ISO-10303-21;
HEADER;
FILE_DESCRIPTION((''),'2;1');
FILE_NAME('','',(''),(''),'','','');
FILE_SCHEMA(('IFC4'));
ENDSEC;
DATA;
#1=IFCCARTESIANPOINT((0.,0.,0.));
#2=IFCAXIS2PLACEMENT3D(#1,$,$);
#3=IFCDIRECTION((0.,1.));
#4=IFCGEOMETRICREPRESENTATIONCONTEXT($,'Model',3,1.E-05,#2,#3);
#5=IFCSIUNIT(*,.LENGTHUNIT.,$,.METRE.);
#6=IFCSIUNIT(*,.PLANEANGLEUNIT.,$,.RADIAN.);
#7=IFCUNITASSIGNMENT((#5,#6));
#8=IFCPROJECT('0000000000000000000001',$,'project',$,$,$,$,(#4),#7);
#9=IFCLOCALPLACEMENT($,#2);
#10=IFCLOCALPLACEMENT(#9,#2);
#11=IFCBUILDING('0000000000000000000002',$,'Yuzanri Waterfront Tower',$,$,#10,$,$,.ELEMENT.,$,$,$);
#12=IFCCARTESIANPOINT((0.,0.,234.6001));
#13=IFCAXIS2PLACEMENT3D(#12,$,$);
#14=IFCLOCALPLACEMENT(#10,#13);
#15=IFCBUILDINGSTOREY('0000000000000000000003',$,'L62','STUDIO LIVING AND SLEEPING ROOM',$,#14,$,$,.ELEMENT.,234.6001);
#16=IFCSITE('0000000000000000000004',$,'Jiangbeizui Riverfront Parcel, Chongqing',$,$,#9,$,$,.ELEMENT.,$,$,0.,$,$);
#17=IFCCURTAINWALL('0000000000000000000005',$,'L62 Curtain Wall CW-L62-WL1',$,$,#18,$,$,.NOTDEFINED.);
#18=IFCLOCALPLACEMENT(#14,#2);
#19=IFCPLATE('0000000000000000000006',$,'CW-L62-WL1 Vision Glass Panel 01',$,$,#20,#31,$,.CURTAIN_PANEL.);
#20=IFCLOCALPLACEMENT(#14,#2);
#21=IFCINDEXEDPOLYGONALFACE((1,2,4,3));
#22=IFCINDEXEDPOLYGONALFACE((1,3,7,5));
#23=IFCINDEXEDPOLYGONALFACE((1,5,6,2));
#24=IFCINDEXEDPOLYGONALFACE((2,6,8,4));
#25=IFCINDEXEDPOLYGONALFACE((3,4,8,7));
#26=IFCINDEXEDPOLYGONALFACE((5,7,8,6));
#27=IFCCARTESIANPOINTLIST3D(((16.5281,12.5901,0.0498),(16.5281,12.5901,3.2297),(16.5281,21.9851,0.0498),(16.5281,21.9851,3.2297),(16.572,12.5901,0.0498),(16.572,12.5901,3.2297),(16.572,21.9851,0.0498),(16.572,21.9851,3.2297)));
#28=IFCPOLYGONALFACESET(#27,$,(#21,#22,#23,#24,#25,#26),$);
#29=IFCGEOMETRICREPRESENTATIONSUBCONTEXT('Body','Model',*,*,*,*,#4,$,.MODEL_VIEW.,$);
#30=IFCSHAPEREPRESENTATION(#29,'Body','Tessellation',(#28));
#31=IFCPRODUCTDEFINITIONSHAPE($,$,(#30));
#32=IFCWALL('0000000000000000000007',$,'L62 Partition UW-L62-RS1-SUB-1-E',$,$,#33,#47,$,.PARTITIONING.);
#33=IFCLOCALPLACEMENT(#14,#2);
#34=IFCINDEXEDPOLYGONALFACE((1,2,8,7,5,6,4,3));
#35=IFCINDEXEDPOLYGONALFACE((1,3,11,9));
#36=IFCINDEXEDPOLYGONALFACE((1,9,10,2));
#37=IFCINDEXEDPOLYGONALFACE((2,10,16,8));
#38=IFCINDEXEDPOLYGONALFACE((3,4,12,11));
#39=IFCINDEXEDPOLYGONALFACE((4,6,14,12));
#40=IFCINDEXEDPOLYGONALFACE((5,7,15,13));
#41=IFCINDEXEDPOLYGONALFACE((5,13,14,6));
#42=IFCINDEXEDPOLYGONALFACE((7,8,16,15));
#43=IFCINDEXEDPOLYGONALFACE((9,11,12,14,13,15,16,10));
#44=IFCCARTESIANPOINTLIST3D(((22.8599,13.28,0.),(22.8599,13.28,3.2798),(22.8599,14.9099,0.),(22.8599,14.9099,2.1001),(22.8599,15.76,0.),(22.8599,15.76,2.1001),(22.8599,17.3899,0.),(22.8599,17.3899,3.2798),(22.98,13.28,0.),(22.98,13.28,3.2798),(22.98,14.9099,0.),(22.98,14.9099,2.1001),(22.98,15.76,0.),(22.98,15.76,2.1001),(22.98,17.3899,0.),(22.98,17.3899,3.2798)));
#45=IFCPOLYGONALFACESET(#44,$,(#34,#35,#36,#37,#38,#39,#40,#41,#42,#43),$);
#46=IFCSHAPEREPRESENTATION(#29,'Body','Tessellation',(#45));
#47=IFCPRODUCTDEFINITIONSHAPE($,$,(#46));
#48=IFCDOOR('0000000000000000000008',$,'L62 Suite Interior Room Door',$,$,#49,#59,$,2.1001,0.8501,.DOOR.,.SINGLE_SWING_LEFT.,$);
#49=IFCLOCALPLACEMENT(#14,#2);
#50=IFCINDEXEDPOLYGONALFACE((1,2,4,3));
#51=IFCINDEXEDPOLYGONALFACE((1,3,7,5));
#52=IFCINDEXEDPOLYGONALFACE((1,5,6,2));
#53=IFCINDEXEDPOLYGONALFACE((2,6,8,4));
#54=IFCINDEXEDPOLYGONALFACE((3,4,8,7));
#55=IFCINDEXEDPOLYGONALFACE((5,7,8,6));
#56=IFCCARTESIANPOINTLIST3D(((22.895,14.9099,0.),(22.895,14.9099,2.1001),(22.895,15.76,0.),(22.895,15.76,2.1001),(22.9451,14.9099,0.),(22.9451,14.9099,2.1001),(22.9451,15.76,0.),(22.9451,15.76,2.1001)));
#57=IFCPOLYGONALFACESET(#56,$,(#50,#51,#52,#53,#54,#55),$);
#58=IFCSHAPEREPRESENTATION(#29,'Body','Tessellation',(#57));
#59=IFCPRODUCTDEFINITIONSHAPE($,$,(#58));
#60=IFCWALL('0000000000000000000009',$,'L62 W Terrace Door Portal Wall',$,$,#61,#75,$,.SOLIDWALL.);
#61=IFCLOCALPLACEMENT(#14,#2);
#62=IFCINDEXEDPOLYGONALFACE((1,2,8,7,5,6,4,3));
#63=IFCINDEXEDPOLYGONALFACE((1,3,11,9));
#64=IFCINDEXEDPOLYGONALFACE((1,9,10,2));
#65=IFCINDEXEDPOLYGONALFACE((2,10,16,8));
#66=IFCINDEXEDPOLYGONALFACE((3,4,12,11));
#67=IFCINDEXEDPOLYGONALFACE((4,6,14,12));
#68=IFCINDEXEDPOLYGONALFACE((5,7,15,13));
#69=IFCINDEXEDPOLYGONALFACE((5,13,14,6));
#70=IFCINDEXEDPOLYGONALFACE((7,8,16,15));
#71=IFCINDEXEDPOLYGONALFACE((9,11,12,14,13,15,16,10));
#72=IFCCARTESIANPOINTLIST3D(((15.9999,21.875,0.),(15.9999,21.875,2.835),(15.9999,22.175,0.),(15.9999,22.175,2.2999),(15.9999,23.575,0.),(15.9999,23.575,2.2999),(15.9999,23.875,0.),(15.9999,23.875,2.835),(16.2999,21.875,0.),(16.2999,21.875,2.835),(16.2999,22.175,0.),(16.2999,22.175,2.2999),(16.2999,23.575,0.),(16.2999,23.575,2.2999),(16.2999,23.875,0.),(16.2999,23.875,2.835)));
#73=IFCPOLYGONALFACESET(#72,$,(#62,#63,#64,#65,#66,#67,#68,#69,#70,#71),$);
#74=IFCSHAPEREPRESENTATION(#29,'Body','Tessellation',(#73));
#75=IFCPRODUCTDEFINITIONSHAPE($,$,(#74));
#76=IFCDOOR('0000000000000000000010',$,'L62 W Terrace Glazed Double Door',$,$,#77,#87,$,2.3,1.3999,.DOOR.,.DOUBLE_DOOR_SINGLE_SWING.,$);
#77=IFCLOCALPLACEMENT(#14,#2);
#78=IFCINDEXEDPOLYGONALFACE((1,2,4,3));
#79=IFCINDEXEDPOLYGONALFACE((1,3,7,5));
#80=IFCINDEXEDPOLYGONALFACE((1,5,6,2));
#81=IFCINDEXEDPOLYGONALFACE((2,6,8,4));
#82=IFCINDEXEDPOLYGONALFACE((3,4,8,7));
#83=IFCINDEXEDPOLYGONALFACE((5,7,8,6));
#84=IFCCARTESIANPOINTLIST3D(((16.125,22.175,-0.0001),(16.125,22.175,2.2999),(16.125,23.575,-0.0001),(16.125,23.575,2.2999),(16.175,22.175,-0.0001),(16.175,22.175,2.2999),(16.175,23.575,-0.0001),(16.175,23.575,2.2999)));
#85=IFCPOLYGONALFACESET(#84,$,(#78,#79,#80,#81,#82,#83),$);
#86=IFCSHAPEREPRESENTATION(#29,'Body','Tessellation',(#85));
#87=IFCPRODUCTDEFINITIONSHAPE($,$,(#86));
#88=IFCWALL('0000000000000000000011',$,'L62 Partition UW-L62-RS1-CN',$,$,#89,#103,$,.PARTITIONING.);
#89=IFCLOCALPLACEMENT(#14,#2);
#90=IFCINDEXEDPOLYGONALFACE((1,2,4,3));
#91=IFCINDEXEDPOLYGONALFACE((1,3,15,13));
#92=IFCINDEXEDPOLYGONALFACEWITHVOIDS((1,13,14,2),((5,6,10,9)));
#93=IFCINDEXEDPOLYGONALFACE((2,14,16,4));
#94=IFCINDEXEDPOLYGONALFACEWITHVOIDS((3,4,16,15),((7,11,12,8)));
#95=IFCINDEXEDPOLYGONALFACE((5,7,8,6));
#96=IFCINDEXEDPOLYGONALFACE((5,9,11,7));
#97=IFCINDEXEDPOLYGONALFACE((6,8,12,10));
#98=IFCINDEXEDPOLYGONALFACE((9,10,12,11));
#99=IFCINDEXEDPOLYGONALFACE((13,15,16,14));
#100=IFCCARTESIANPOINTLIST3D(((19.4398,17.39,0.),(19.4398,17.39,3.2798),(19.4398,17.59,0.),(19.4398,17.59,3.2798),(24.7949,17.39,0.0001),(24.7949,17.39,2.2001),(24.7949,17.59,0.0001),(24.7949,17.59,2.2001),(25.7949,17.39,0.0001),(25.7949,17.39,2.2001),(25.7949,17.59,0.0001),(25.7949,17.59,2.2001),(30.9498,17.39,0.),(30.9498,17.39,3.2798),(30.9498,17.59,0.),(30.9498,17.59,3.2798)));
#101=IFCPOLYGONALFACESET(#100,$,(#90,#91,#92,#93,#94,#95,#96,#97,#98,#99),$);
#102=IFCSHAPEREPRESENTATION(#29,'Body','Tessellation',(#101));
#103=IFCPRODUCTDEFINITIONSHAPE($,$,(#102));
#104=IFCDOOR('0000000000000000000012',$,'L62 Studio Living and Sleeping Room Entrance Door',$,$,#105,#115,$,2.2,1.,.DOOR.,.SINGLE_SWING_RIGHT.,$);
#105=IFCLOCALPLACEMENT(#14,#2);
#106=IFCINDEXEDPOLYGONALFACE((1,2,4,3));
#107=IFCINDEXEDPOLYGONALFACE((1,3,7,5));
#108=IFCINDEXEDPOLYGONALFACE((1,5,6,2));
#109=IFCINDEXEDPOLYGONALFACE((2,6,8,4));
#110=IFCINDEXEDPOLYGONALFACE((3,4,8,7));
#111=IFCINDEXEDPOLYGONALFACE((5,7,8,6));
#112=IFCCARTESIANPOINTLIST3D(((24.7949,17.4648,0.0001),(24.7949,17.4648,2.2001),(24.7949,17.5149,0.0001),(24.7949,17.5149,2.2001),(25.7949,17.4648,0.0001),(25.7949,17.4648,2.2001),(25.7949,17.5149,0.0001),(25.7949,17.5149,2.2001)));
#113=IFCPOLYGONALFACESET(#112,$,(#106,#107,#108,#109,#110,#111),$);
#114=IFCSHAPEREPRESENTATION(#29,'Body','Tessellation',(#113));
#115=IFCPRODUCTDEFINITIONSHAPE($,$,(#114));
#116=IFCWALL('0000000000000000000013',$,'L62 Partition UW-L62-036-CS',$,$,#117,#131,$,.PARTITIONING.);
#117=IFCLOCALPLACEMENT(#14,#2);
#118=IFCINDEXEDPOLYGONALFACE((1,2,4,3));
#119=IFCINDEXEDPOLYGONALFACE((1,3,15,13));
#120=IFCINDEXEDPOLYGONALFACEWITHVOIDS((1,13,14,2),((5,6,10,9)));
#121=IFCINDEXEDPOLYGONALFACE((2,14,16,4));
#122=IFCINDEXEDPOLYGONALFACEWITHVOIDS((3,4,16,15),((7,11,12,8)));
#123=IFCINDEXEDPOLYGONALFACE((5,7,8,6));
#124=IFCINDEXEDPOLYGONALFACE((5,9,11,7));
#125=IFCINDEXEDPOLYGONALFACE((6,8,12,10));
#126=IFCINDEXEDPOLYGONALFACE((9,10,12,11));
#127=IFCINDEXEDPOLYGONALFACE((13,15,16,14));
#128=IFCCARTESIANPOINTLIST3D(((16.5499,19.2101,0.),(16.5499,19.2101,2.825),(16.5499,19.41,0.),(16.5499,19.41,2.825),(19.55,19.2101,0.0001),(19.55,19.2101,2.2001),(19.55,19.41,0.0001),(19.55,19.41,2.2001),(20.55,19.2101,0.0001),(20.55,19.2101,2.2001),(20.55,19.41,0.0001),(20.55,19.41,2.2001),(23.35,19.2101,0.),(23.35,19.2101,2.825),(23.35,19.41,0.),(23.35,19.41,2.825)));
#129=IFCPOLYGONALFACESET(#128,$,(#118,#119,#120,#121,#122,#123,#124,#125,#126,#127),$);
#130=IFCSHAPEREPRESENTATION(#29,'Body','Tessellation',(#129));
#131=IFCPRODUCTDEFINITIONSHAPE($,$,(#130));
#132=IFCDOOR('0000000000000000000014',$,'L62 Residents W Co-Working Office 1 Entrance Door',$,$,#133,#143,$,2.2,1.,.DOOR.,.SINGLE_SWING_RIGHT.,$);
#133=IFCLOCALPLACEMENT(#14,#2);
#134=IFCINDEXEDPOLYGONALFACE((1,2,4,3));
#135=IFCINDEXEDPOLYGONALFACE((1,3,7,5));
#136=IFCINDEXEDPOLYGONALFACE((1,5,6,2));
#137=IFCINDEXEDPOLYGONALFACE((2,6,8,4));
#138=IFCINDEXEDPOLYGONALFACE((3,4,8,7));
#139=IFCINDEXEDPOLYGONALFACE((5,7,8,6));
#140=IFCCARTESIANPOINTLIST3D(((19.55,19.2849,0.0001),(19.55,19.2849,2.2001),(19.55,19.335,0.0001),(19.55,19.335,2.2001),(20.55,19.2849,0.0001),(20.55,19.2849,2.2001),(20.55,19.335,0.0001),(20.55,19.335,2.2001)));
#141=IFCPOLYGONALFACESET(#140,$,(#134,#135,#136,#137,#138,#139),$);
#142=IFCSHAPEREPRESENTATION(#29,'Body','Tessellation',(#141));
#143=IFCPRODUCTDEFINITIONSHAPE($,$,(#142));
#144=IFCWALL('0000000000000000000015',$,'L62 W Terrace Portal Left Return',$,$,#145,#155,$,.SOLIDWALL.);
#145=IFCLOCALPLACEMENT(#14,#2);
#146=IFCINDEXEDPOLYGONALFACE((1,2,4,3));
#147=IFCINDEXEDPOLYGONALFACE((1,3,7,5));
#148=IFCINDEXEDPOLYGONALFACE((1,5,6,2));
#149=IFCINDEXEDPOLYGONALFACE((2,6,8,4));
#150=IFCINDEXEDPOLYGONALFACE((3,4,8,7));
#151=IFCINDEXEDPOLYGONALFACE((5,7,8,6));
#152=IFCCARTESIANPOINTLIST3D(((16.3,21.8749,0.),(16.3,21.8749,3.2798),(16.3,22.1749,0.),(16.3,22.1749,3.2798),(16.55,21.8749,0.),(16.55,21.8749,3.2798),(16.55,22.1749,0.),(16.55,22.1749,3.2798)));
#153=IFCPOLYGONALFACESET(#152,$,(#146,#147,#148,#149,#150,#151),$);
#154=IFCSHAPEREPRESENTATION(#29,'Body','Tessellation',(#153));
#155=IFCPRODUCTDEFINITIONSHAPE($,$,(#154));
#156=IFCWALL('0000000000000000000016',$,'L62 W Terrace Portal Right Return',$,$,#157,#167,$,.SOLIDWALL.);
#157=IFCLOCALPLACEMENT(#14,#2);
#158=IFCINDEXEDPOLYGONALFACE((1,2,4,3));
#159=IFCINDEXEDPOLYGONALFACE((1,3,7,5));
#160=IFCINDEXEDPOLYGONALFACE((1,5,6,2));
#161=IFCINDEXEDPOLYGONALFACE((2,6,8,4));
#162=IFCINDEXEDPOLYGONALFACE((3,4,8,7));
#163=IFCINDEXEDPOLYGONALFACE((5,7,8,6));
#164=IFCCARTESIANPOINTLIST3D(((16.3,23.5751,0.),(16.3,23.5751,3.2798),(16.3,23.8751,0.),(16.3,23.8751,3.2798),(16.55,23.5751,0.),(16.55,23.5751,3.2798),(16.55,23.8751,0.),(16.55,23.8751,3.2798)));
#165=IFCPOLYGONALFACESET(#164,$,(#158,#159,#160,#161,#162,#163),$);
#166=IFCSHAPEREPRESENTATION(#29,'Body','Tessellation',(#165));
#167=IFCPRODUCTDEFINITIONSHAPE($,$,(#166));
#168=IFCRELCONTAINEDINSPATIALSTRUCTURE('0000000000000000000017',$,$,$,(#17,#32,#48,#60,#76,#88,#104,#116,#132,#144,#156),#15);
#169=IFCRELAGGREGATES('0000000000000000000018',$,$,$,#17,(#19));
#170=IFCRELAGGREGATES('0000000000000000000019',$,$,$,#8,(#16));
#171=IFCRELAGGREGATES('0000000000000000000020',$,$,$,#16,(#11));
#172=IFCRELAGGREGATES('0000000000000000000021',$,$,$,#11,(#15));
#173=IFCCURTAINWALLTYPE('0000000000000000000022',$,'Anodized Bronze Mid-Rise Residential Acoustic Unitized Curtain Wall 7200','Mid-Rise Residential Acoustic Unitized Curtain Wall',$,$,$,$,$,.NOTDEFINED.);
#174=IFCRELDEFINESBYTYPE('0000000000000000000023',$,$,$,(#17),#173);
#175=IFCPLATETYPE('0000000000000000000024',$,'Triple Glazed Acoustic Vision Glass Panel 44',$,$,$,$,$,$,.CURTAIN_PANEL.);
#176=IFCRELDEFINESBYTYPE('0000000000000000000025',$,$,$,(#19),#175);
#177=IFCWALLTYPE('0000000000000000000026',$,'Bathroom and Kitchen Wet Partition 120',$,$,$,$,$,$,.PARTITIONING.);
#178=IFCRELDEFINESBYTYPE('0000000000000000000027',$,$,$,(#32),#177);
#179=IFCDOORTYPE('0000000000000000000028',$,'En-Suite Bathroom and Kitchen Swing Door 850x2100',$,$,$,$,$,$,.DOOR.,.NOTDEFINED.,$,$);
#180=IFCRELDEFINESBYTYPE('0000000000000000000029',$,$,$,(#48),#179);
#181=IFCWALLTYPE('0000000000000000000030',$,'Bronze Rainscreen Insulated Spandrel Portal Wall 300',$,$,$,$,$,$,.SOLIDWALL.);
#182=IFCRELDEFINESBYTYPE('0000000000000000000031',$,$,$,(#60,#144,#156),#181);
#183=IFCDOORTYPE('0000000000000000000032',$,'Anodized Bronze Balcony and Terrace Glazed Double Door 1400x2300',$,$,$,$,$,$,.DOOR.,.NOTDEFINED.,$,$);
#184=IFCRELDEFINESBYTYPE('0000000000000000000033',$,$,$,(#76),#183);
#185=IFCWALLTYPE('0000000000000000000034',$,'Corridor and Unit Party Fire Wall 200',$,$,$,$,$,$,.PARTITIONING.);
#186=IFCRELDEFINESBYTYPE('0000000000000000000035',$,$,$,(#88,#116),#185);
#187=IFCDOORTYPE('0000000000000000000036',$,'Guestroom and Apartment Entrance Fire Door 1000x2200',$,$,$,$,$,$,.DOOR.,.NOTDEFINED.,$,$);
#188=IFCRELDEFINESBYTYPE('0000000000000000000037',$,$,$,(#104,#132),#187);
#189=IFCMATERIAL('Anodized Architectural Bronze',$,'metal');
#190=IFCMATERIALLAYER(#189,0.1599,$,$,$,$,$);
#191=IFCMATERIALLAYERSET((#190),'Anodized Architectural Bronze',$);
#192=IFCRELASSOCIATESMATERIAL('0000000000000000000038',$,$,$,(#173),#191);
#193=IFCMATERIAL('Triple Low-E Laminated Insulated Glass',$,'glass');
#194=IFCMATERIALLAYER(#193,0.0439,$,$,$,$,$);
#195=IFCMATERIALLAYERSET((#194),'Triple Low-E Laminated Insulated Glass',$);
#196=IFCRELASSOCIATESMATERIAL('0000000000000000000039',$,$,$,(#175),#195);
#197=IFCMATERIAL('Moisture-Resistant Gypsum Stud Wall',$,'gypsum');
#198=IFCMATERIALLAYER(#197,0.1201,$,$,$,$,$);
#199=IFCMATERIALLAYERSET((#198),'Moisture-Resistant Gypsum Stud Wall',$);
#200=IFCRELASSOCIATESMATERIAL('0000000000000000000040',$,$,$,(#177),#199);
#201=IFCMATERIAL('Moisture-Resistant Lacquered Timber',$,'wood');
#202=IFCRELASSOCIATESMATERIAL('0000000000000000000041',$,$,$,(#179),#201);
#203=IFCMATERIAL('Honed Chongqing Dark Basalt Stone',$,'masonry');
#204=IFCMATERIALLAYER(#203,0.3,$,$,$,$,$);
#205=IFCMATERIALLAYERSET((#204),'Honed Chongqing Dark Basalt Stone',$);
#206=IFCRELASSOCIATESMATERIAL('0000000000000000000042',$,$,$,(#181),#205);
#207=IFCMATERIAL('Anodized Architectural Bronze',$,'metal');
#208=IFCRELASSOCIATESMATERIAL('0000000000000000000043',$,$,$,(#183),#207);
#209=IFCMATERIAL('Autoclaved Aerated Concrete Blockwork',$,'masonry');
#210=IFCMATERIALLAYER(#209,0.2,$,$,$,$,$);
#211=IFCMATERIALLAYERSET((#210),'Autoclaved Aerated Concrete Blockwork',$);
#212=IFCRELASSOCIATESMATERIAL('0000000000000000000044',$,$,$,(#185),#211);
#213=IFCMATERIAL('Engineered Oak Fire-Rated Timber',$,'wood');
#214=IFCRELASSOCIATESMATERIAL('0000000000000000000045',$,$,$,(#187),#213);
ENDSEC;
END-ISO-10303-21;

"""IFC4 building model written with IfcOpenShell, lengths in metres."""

from ifc_helpers import new_model, si_unit, direction, frame, frame_2d, origin, origin_2d, place, context, subcontext, project, spatial, rectangle, extrude, source, transform, mapped, material, layer, layer_set, type_object, element, fill, aggregate, save


model = new_model("IFC4")

# Units and contexts
model_context = context("Model", 3, precision=1e-05, world=origin(), true_north=direction((0.0, 1.0)))
body_context = subcontext(model_context, "Body", "Model", "MODEL_VIEW")
ifc_project = project(units=[si_unit("LENGTHUNIT", "METRE"), si_unit("PLANEANGLEUNIT", "RADIAN")], contexts=[model_context])

# Site, building, storey
site_placement = place(None, origin())
site = spatial("IfcSite", under=ifc_project, at=site_placement, Name="Jiangbeizui Riverfront Parcel, Chongqing", CompositionType="ELEMENT", RefElevation=0.0)
building_placement = place(site_placement, origin())
building = spatial("IfcBuilding", under=site, at=building_placement, Name="Yuzanri Waterfront Tower", CompositionType="ELEMENT")
storey_placement = place(building_placement, frame((0.0, 0.0, 234.6001)))
storey = spatial("IfcBuildingStorey", under=building, at=storey_placement, Name="L62", Description="STUDIO LIVING AND SLEEPING ROOM", CompositionType="ELEMENT", Elevation=234.6001)

# Curtain wall
ifc_material_1 = material(Name="Anodized Architectural Bronze", Category="metal")
ifc_layer_1 = layer(ifc_material_1, 0.1599)
ifc_layer_set_1 = layer_set([ifc_layer_1], Name="Anodized Architectural Bronze")
curtain_wall_type = type_object("IfcCurtainWallType", Name="Anodized Bronze Mid-Rise Residential Acoustic Unitized Curtain Wall 7200", Description="Mid-Rise Residential Acoustic Unitized Curtain Wall", PredefinedType="NOTDEFINED", material=ifc_layer_set_1)
curtain_wall_1_placement = place(storey_placement, origin())
curtain_wall_1 = element("IfcCurtainWall", 1, at=curtain_wall_1_placement, inside=storey, type_object=curtain_wall_type, Name="L62 Curtain Wall CW-L62-WL1", PredefinedType="NOTDEFINED")

# Plate
ifc_material_2 = material(Name="Triple Low-E Laminated Insulated Glass", Category="glass")
ifc_layer_2 = layer(ifc_material_2, 0.0439)
ifc_layer_set_2 = layer_set([ifc_layer_2], Name="Triple Low-E Laminated Insulated Glass")
plate_type = type_object("IfcPlateType", Name="Triple Glazed Acoustic Vision Glass Panel 44", PredefinedType="CURTAIN_PANEL", material=ifc_layer_set_2)
shared_shape_1 = source(origin(), body_context, "Body", "SweptSolid", [
    extrude(rectangle(XDim=9.395, YDim=0.0439, at=origin_2d()), origin(), (0.0, 0.0, 1.0), 3.1799),
])
plate_placement = place(storey_placement, frame((16.55, 17.2876, 0.0498), z_axis=(0.0, 0.0, 1.0), x_axis=(0.0, 1.0, 0.0)))
plate = element("IfcPlate", 2, at=plate_placement, type_object=plate_type, Name="CW-L62-WL1 Vision Glass Panel 01", PredefinedType="CURTAIN_PANEL", context=body_context, shape_type="MappedRepresentation", body=[
    mapped(shared_shape_1, transform((0.0, 0.0, 0.0), scale=1.0)),
])
aggregate(curtain_wall_1, [plate])

# Walls, openings, doors
ifc_material_3 = material(Name="Moisture-Resistant Gypsum Stud Wall", Category="gypsum")
ifc_layer_3 = layer(ifc_material_3, 0.1201)
ifc_layer_set_3 = layer_set([ifc_layer_3], Name="Moisture-Resistant Gypsum Stud Wall")
wall_type_1 = type_object("IfcWallType", Name="Bathroom and Kitchen Wet Partition 120", PredefinedType="PARTITIONING", material=ifc_layer_set_3)
wall_1_placement = place(storey_placement, frame((22.9199, 13.28, 0.0), z_axis=(0.0, 0.0, 1.0), x_axis=(0.0, 1.0, 0.0)))
wall_1 = element("IfcWall", 3, at=wall_1_placement, inside=storey, type_object=wall_type_1, Name="L62 Partition UW-L62-RS1-SUB-1-E", PredefinedType="PARTITIONING", context=body_context, shape_type="SweptSolid", body=[
    extrude(rectangle(XDim=4.1099, YDim=0.1201, at=frame_2d((2.0549, 0.0))), origin(), (0.0, 0.0, 1.0), 3.2798),
])
opening_1_placement = place(wall_1_placement, frame((1.6299, 0.0, 0.0)))
opening_1 = element("IfcOpeningElement", 4, at=opening_1_placement, cuts=wall_1, PredefinedType="OPENING", context=body_context, shape_type="SweptSolid", body=[
    extrude(rectangle(XDim=0.8501, YDim=2.1001, at=frame_2d((0.425, 1.05))), frame((0.0, 0.075, 0.0), z_axis=(0.0, -1.0, 0.0), x_axis=(1.0, 0.0, 0.0)), (0.0, 0.0, 1.0), 0.1499),
])
ifc_material_4 = material(Name="Moisture-Resistant Lacquered Timber", Category="wood")
door_type_1 = type_object("IfcDoorType", Name="En-Suite Bathroom and Kitchen Swing Door 850x2100", OperationType="NOTDEFINED", PredefinedType="DOOR", material=ifc_material_4)
shared_shape_2 = source(origin(), body_context, "Body", "SweptSolid", [
    extrude(rectangle(XDim=0.8501, YDim=2.1001, at=frame_2d((0.425, 1.05))), frame((0.0, 0.0249, 0.0), z_axis=(0.0, -1.0, 0.0), x_axis=(1.0, 0.0, 0.0)), (0.0, 0.0, 1.0), 0.05),
])
door_1_placement = place(opening_1_placement, origin())
door_1 = element("IfcDoor", 5, at=door_1_placement, inside=storey, type_object=door_type_1, Name="L62 Suite Interior Room Door", OperationType="SINGLE_SWING_LEFT", OverallHeight=2.1001, OverallWidth=0.8501, PredefinedType="DOOR", context=body_context, shape_type="MappedRepresentation", body=[
    mapped(shared_shape_2, transform((0.0, 0.0, 0.0), scale=1.0)),
])
fill(opening_1, door_1)
ifc_material_5 = material(Name="Honed Chongqing Dark Basalt Stone", Category="masonry")
ifc_layer_4 = layer(ifc_material_5, 0.3)
ifc_layer_set_4 = layer_set([ifc_layer_4], Name="Honed Chongqing Dark Basalt Stone")
wall_type_2 = type_object("IfcWallType", Name="Bronze Rainscreen Insulated Spandrel Portal Wall 300", PredefinedType="SOLIDWALL", material=ifc_layer_set_4)
wall_2_placement = place(storey_placement, frame((16.1499, 21.875, 0.0), z_axis=(0.0, 0.0, 1.0), x_axis=(0.0, 1.0, 0.0)))
wall_2 = element("IfcWall", 6, at=wall_2_placement, inside=storey, type_object=wall_type_2, Name="L62 W Terrace Door Portal Wall", PredefinedType="SOLIDWALL", context=body_context, shape_type="SweptSolid", body=[
    extrude(rectangle(XDim=2.0, YDim=0.3, at=frame_2d((1.0, 0.0))), origin(), (0.0, 0.0, 1.0), 2.835),
])
opening_2_placement = place(wall_2_placement, frame((0.3, 0.0, 0.0)))
opening_2 = element("IfcOpeningElement", 7, at=opening_2_placement, cuts=wall_2, PredefinedType="OPENING", context=body_context, shape_type="SweptSolid", body=[
    extrude(rectangle(XDim=1.3999, YDim=2.3, at=frame_2d((0.7, 1.1499))), frame((0.0, 0.165, 0.0), z_axis=(0.0, -1.0, 0.0), x_axis=(1.0, 0.0, 0.0)), (0.0, 0.0, 1.0), 0.3298),
])
ifc_material_6 = material(Name="Anodized Architectural Bronze", Category="metal")
door_type_2 = type_object("IfcDoorType", Name="Anodized Bronze Balcony and Terrace Glazed Double Door 1400x2300", OperationType="NOTDEFINED", PredefinedType="DOOR", material=ifc_material_6)
shared_shape_3 = source(origin(), body_context, "Body", "SweptSolid", [
    extrude(rectangle(XDim=1.3999, YDim=2.3, at=frame_2d((0.7, 1.1499))), frame((0.0, 0.0249, 0.0), z_axis=(0.0, -1.0, 0.0), x_axis=(1.0, 0.0, 0.0)), (0.0, 0.0, 1.0), 0.05),
])
door_2_placement = place(opening_2_placement, origin())
door_2 = element("IfcDoor", 8, at=door_2_placement, inside=storey, type_object=door_type_2, Name="L62 W Terrace Glazed Double Door", OperationType="DOUBLE_DOOR_SINGLE_SWING", OverallHeight=2.3, OverallWidth=1.3999, PredefinedType="DOOR", context=body_context, shape_type="MappedRepresentation", body=[
    mapped(shared_shape_3, transform((0.0, 0.0, 0.0), scale=1.0)),
])
fill(opening_2, door_2)
ifc_material_7 = material(Name="Autoclaved Aerated Concrete Blockwork", Category="masonry")
ifc_layer_5 = layer(ifc_material_7, 0.2)
ifc_layer_set_5 = layer_set([ifc_layer_5], Name="Autoclaved Aerated Concrete Blockwork")
wall_type_3 = type_object("IfcWallType", Name="Corridor and Unit Party Fire Wall 200", PredefinedType="PARTITIONING", material=ifc_layer_set_5)
wall_3_placement = place(storey_placement, frame((19.4399, 17.49, 0.0), z_axis=(0.0, 0.0, 1.0), x_axis=(1.0, 0.0, 0.0)))
wall_3 = element("IfcWall", 9, at=wall_3_placement, inside=storey, type_object=wall_type_3, Name="L62 Partition UW-L62-RS1-CN", PredefinedType="PARTITIONING", context=body_context, shape_type="SweptSolid", body=[
    extrude(rectangle(XDim=11.51, YDim=0.2, at=frame_2d((5.7549, 0.0))), origin(), (0.0, 0.0, 1.0), 3.2798),
])
opening_3_placement = place(wall_3_placement, frame((5.355, 0.0, 0.0)))
opening_3 = element("IfcOpeningElement", 10, at=opening_3_placement, cuts=wall_3, PredefinedType="OPENING", context=body_context, shape_type="SweptSolid", body=[
    extrude(rectangle(XDim=1.0, YDim=2.2, at=frame_2d((0.5, 1.1001))), frame((0.0, 0.1147, 0.0), z_axis=(0.0, -1.0, 0.0), x_axis=(1.0, 0.0, 0.0)), (0.0, 0.0, 1.0), 0.2297),
])
ifc_material_8 = material(Name="Engineered Oak Fire-Rated Timber", Category="wood")
door_type_3 = type_object("IfcDoorType", Name="Guestroom and Apartment Entrance Fire Door 1000x2200", OperationType="NOTDEFINED", PredefinedType="DOOR", material=ifc_material_8)
shared_shape_4 = source(origin(), body_context, "Body", "SweptSolid", [
    extrude(rectangle(XDim=1.0, YDim=2.2, at=frame_2d((0.5, 1.1001))), frame((0.0, 0.0249, 0.0), z_axis=(0.0, -1.0, 0.0), x_axis=(1.0, 0.0, 0.0)), (0.0, 0.0, 1.0), 0.05),
])
door_3_placement = place(opening_3_placement, origin())
door_3 = element("IfcDoor", 11, at=door_3_placement, inside=storey, type_object=door_type_3, Name="L62 Studio Living and Sleeping Room Entrance Door", OperationType="SINGLE_SWING_RIGHT", OverallHeight=2.2, OverallWidth=1.0, PredefinedType="DOOR", context=body_context, shape_type="MappedRepresentation", body=[
    mapped(shared_shape_4, transform((0.0, 0.0, 0.0), scale=1.0)),
])
fill(opening_3, door_3)
wall_4_placement = place(storey_placement, frame((16.55, 19.3101, 0.0), z_axis=(0.0, 0.0, 1.0), x_axis=(1.0, 0.0, 0.0)))
wall_4 = element("IfcWall", 12, at=wall_4_placement, inside=storey, type_object=wall_type_3, Name="L62 Partition UW-L62-036-CS", PredefinedType="PARTITIONING", context=body_context, shape_type="SweptSolid", body=[
    extrude(rectangle(XDim=6.8, YDim=0.2, at=frame_2d((3.3999, 0.0))), origin(), (0.0, 0.0, 1.0), 2.825),
])
opening_4_placement = place(wall_4_placement, frame((3.0, 0.0, 0.0)))
opening_4 = element("IfcOpeningElement", 13, at=opening_4_placement, cuts=wall_4, PredefinedType="OPENING", context=body_context, shape_type="SweptSolid", body=[
    extrude(rectangle(XDim=1.0, YDim=2.2, at=frame_2d((0.5, 1.1001))), frame((0.0, 0.1147, 0.0), z_axis=(0.0, -1.0, 0.0), x_axis=(1.0, 0.0, 0.0)), (0.0, 0.0, 1.0), 0.2297),
])
door_4_placement = place(opening_4_placement, origin())
door_4 = element("IfcDoor", 14, at=door_4_placement, inside=storey, type_object=door_type_3, Name="L62 Residents W Co-Working Office 1 Entrance Door", OperationType="SINGLE_SWING_RIGHT", OverallHeight=2.2, OverallWidth=1.0, PredefinedType="DOOR", context=body_context, shape_type="MappedRepresentation", body=[
    mapped(shared_shape_4, transform((0.0, 0.0, 0.0), scale=1.0)),
])
fill(opening_4, door_4)

# Walls
shared_shape_5 = source(origin(), body_context, "Body", "SweptSolid", [
    extrude(rectangle(XDim=0.25, YDim=0.3, at=frame_2d((0.125, 0.0))), origin(), (0.0, 0.0, 1.0), 3.2798),
])
for number, where, z_axis, x_axis, name in (
    (15, (16.55, 22.0249, 0.0), (0.0, 0.0, 1.0), (-1.0, 0.0, 0.0), "L62 W Terrace Portal Left Return"),
    (16, (16.3, 23.7251, 0.0), (0.0, 0.0, 1.0), (1.0, 0.0, 0.0), "L62 W Terrace Portal Right Return"),
):
    element("IfcWall", number, at=place(storey_placement, frame(where, z_axis=z_axis, x_axis=x_axis)), inside=storey, type_object=wall_type_2, Name=name, PredefinedType="SOLIDWALL", context=body_context, shape_type="MappedRepresentation", body=[
        mapped(shared_shape_5, transform((0.0, 0.0, 0.0), scale=1.0)),
    ])

save(model, "model.ifc")
